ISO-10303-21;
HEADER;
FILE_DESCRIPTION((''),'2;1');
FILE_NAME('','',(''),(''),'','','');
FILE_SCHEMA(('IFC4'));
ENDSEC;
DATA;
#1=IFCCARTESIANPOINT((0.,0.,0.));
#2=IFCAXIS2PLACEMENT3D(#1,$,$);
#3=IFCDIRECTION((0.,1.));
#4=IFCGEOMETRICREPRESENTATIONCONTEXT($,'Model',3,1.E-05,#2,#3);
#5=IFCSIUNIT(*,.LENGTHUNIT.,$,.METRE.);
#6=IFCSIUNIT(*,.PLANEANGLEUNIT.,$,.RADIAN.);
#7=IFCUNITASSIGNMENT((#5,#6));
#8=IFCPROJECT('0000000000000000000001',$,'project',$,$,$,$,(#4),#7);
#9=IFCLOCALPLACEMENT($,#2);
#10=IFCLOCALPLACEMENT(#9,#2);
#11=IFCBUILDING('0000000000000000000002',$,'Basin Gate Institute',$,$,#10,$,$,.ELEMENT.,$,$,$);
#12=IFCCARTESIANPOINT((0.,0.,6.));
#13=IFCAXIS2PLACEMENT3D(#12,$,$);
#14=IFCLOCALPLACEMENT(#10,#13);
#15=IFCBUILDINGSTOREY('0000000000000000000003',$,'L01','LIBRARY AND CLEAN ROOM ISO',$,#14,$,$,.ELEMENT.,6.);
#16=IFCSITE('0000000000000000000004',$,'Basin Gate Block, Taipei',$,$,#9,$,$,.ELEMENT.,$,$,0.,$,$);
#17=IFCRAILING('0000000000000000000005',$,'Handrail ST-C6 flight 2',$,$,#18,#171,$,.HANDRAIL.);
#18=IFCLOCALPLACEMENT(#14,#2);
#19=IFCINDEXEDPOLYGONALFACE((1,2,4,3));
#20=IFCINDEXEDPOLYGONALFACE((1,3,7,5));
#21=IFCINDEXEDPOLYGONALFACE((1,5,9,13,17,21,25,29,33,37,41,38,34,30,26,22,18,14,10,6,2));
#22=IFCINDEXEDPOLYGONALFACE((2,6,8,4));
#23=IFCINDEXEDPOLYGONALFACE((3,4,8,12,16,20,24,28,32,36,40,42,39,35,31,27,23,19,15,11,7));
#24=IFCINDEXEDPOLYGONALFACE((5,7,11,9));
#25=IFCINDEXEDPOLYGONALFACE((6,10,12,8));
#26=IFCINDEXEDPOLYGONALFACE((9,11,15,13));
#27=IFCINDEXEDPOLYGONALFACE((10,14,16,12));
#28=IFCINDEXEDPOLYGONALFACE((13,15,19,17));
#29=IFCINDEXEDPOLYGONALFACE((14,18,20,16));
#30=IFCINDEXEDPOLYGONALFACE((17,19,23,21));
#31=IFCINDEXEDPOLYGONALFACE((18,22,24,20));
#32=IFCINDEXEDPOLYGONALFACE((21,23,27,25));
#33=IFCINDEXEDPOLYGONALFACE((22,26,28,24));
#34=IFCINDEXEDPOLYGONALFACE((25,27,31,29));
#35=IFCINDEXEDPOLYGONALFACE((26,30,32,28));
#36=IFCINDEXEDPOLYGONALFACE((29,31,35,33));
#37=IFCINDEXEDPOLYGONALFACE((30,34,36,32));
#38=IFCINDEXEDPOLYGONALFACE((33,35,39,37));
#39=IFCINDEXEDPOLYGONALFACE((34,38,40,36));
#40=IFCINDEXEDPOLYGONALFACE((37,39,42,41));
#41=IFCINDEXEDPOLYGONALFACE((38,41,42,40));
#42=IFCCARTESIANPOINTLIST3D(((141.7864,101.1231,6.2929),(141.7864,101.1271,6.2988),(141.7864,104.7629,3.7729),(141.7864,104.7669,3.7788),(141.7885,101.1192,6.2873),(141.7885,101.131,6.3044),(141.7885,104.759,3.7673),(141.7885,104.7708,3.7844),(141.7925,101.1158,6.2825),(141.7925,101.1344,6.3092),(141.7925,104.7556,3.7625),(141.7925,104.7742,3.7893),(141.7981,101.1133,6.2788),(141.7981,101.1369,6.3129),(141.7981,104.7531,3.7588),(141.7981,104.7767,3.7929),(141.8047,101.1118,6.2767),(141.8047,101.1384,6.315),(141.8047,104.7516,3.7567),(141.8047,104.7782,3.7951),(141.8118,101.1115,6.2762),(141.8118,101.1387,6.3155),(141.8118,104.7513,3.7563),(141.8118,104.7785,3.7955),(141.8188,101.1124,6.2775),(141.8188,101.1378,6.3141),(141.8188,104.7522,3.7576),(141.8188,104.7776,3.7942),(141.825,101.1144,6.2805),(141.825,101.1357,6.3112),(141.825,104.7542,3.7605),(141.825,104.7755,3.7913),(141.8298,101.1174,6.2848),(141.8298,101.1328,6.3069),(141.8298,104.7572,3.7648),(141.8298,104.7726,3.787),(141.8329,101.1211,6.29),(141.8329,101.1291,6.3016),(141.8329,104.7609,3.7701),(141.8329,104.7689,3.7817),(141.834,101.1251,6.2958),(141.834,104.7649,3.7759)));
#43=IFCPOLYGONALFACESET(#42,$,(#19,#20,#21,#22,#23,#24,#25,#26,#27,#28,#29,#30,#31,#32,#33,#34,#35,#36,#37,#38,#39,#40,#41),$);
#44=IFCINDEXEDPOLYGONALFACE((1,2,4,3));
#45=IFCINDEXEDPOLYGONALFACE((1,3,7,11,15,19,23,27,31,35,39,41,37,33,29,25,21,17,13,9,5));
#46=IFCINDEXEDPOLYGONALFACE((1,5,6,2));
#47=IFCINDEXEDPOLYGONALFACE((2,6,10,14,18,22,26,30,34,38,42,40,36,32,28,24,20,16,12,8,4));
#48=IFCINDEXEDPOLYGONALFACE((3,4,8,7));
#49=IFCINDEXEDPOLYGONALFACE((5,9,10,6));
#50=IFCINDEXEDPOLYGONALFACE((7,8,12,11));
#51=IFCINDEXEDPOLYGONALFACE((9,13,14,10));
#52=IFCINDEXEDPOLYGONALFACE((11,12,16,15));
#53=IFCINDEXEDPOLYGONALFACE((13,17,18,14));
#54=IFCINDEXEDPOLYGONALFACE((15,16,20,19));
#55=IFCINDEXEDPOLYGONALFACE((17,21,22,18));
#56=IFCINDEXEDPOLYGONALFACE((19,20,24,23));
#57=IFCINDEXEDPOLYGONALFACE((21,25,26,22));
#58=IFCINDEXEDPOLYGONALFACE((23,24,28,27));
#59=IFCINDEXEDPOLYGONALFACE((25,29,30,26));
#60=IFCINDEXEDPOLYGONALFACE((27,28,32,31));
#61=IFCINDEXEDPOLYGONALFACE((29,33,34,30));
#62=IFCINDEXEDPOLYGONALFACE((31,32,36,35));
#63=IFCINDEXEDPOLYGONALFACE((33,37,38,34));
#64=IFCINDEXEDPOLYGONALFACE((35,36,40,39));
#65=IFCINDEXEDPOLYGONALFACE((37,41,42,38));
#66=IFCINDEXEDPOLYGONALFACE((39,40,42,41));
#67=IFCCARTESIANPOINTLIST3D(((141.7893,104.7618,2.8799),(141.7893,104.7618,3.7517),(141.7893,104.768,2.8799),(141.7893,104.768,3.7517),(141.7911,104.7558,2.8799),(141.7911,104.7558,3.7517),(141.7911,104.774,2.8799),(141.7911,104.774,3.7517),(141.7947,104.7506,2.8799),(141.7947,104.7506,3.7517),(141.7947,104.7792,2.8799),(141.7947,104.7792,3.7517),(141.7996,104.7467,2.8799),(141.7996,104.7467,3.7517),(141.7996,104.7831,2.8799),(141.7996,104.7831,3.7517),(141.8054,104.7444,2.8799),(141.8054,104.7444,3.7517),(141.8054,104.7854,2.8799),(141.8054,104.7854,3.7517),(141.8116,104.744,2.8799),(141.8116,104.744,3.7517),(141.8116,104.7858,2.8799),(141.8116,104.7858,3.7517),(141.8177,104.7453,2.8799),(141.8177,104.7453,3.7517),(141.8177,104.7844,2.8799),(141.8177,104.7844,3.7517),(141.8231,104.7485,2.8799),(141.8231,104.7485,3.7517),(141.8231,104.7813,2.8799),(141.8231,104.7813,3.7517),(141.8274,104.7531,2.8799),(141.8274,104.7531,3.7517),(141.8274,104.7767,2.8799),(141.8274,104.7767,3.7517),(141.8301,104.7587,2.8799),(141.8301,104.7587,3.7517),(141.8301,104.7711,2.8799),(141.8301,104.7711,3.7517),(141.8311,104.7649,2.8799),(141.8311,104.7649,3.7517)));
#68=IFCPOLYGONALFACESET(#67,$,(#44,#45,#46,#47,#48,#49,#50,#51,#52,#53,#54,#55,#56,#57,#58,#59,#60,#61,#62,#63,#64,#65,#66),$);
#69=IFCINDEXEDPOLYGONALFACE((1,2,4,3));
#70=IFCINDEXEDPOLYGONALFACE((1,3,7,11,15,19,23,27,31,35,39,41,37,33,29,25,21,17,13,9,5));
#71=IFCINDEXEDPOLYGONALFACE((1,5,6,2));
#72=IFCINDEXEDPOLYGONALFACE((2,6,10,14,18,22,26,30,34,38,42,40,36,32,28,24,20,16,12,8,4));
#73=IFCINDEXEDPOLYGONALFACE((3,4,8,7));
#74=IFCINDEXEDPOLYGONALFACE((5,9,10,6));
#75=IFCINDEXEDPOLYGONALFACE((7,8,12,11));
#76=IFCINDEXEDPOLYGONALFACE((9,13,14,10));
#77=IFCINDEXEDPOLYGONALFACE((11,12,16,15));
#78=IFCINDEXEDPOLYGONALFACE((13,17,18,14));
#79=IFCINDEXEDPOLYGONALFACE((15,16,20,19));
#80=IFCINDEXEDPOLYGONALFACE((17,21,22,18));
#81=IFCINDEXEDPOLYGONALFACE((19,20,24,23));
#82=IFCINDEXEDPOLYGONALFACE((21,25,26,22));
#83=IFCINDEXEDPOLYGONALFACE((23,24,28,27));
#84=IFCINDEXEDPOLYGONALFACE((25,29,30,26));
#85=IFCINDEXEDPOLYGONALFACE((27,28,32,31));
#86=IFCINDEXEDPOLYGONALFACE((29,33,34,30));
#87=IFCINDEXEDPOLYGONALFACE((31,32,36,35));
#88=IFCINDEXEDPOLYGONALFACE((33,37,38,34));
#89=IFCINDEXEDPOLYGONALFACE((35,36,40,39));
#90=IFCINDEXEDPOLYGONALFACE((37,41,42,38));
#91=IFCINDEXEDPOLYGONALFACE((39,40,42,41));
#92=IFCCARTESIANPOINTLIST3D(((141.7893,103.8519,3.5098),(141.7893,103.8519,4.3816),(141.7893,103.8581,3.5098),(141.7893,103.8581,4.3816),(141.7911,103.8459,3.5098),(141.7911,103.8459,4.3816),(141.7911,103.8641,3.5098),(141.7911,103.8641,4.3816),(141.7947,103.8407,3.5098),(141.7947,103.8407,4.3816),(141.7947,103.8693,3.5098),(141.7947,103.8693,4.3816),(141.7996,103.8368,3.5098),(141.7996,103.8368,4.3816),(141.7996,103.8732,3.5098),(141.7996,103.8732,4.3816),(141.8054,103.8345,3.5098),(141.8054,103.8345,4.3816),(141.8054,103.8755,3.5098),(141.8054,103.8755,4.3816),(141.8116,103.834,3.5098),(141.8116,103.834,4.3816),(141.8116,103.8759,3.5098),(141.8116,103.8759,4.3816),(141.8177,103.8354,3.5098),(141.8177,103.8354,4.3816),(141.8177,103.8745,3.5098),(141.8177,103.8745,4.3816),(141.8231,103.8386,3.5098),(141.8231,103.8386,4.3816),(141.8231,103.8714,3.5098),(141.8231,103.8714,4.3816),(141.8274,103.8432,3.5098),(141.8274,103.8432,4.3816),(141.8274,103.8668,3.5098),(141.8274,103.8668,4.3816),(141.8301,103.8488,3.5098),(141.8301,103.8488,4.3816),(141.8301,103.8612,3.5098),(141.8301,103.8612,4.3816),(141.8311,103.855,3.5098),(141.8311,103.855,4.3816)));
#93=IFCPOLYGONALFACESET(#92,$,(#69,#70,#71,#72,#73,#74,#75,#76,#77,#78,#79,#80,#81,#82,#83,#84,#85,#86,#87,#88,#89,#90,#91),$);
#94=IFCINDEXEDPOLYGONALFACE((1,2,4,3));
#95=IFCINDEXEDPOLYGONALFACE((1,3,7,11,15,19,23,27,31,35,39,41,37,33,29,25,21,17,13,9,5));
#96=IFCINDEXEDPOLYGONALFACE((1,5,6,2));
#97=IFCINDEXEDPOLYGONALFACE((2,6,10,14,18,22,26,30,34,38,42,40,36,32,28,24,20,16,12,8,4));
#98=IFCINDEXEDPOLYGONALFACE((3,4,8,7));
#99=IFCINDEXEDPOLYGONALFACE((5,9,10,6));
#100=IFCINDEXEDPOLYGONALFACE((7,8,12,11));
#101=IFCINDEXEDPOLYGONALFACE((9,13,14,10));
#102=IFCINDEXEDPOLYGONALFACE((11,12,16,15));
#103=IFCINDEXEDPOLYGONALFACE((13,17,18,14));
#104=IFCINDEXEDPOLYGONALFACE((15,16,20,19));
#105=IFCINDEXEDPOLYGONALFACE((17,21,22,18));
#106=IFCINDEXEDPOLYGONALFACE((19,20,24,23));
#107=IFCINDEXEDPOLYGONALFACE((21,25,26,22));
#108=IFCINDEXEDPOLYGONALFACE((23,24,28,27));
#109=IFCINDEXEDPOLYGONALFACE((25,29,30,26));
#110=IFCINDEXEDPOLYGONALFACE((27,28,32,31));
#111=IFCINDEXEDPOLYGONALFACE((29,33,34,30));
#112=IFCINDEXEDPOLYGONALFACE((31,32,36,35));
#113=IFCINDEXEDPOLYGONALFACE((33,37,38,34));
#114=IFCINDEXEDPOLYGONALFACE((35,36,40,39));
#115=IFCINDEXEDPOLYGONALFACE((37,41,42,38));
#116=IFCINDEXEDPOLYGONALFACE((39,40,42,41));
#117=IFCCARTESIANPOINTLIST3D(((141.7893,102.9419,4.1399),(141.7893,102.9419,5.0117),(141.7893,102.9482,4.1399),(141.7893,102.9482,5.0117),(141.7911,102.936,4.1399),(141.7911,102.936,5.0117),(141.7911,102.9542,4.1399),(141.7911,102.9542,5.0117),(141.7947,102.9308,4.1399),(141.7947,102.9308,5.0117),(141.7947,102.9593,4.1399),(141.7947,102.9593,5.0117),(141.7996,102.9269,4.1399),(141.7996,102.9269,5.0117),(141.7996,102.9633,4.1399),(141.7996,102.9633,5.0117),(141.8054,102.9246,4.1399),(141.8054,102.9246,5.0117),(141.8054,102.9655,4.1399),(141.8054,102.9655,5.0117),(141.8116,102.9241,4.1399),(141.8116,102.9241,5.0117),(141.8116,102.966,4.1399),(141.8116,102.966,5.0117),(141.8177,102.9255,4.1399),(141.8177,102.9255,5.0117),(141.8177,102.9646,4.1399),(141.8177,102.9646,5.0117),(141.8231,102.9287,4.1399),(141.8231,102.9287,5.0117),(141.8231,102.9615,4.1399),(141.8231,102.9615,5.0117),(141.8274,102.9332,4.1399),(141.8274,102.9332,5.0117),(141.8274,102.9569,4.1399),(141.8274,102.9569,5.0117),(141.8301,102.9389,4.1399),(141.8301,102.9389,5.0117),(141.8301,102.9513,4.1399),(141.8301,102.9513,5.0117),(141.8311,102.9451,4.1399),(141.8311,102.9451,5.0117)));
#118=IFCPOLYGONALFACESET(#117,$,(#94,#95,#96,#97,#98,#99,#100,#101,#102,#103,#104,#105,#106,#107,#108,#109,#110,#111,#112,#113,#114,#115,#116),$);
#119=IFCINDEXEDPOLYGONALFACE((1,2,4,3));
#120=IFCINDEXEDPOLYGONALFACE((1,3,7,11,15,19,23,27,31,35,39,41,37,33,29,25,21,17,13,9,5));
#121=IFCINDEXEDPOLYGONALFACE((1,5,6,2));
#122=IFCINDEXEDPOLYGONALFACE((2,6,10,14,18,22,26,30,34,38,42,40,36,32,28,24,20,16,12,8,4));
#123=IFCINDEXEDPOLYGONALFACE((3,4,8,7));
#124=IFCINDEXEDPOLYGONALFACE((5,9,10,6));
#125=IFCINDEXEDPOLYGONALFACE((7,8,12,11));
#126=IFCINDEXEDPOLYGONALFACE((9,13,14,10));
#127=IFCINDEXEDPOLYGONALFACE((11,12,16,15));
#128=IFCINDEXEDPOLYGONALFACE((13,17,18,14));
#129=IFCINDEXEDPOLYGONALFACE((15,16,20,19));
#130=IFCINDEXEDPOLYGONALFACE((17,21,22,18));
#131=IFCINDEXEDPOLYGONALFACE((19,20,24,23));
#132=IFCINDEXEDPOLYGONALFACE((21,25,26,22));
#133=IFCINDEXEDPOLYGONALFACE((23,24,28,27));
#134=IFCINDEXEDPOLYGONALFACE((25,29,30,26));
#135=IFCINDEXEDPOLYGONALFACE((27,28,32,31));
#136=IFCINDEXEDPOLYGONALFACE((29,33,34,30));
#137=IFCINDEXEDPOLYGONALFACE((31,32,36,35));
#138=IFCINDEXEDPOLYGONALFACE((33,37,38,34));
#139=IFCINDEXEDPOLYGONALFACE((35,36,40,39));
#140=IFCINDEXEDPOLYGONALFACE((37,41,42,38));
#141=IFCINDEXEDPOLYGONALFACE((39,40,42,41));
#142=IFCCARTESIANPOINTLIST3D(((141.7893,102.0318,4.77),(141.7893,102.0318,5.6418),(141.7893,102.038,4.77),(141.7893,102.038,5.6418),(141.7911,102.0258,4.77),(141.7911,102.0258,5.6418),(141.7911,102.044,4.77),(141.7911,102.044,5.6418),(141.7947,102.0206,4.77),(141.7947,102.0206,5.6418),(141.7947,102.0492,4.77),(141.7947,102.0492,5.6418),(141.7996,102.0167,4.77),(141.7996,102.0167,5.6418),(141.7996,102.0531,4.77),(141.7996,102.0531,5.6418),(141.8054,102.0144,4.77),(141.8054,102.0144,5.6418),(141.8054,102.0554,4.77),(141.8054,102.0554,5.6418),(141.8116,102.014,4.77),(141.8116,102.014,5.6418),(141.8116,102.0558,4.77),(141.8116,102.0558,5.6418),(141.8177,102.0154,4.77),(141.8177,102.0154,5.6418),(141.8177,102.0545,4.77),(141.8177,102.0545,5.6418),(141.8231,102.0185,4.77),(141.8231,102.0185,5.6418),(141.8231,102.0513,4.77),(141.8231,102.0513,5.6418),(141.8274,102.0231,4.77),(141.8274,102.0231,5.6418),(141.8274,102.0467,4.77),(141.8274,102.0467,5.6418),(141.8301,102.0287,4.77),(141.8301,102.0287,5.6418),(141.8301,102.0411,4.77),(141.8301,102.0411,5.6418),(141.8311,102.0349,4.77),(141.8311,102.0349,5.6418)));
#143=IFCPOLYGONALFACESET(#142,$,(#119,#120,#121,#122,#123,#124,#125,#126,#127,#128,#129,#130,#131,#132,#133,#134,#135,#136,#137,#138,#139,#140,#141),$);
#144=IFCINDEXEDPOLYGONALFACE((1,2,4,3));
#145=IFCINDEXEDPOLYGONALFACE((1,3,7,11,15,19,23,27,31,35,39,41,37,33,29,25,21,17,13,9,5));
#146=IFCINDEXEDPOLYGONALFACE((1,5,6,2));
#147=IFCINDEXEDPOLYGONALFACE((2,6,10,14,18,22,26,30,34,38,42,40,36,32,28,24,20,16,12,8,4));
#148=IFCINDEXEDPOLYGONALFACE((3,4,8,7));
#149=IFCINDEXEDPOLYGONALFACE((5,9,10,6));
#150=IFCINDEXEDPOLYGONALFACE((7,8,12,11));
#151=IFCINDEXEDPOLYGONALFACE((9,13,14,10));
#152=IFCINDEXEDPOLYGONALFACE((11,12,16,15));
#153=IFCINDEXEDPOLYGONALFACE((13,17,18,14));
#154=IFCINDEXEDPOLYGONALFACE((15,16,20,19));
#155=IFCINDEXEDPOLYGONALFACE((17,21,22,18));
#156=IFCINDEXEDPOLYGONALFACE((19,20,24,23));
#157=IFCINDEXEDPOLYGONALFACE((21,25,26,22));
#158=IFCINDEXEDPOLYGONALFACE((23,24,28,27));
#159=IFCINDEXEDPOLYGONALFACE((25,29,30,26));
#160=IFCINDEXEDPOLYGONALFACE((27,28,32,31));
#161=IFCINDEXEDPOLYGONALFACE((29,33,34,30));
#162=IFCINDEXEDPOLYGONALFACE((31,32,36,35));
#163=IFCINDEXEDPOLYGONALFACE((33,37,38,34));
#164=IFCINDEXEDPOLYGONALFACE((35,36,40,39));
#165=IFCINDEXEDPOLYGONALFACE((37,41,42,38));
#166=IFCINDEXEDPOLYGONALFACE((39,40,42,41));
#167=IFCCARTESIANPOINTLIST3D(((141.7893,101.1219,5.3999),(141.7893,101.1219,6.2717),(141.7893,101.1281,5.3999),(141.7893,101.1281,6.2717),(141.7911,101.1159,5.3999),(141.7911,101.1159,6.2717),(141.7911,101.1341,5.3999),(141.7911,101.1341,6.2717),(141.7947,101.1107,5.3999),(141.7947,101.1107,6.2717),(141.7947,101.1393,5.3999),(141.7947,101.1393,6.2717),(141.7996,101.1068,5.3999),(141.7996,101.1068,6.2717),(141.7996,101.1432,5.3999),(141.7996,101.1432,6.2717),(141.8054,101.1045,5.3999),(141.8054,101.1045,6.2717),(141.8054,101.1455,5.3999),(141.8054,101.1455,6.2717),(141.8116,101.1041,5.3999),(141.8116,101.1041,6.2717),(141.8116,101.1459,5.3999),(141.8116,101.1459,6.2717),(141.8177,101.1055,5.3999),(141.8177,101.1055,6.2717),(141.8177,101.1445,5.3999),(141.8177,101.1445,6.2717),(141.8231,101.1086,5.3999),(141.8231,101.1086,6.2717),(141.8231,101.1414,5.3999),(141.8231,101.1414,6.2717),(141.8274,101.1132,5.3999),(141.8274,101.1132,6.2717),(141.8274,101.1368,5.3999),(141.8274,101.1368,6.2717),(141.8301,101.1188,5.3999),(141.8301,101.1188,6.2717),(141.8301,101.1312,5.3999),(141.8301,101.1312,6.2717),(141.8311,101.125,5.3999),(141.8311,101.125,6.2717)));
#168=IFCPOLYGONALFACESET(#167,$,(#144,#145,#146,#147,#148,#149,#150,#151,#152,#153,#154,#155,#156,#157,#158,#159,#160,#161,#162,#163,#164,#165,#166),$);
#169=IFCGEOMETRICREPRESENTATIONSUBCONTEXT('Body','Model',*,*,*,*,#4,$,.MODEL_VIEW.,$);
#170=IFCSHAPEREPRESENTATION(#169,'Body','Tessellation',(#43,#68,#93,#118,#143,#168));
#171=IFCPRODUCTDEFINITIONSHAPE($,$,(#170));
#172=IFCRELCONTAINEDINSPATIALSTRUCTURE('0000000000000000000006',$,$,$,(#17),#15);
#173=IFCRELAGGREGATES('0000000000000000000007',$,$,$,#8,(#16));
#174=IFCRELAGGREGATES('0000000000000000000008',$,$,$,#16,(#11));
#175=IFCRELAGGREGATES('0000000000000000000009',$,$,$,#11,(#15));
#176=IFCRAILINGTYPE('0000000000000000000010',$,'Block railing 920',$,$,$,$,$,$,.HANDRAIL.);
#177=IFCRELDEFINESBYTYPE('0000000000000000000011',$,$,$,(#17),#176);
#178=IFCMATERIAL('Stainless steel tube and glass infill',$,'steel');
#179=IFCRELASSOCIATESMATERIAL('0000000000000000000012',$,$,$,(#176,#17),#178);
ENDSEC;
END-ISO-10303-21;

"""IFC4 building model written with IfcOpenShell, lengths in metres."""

from ifc_helpers import new_model, si_unit, direction, frame, origin, origin_2d, place, context, subcontext, project, spatial, circle, extrude, material, type_object, element, save


model = new_model("IFC4")

# Units and contexts
model_context = context("Model", 3, precision=1e-05, world=origin(), true_north=direction((0.0, 1.0)))
body_context = subcontext(model_context, "Body", "Model", "MODEL_VIEW")
ifc_project = project(units=[si_unit("LENGTHUNIT", "METRE"), si_unit("PLANEANGLEUNIT", "RADIAN")], contexts=[model_context])

# Site, building, storey
site_placement = place(None, origin())
site = spatial("IfcSite", under=ifc_project, at=site_placement, Name="Basin Gate Block, Taipei", CompositionType="ELEMENT", RefElevation=0.0)
building_placement = place(site_placement, origin())
building = spatial("IfcBuilding", under=site, at=building_placement, Name="Basin Gate Institute", CompositionType="ELEMENT")
storey_placement = place(building_placement, frame((0.0, 0.0, 6.0)))
storey = spatial("IfcBuildingStorey", under=building, at=storey_placement, Name="L01", Description="LIBRARY AND CLEAN ROOM ISO", CompositionType="ELEMENT", Elevation=6.0)

# Railing
ifc_material_1 = material(Name="Stainless steel tube and glass infill", Category="steel")
railing_type_1 = type_object("IfcRailingType", Name="Block railing 920", PredefinedType="HANDRAIL", material=ifc_material_1)
for number, where, name in (
    (1, (141.8101, 104.7649, 2.8799), "Handrail ST-C6 flight 2"),
):
    element("IfcRailing", number, at=place(storey_placement, frame(where)), inside=storey, type_object=railing_type_1, material=ifc_material_1, Name=name, PredefinedType="HANDRAIL", context=body_context, shape_type="SweptSolid", body=[
        extrude(circle(Radius=0.0239, at=origin_2d()), frame((0.0, 0.0, 0.896), z_axis=(0.0, -0.822182, 0.569224), x_axis=(1.0, 0.0, 0.0)), (0.0, 0.0, 1.0), 4.427),
        extrude(circle(Radius=0.021, at=origin_2d()), origin(), (0.0, 0.0, 1.0), 0.8718),
        extrude(circle(Radius=0.021, at=origin_2d()), frame((0.0, -0.9099, 0.6299)), (0.0, 0.0, 1.0), 0.8718),
        extrude(circle(Radius=0.021, at=origin_2d()), frame((0.0, -1.8198, 1.26)), (0.0, 0.0, 1.0), 0.8718),
        extrude(circle(Radius=0.021, at=origin_2d()), frame((0.0, -2.73, 1.8901)), (0.0, 0.0, 1.0), 0.8718),
        extrude(circle(Radius=0.021, at=origin_2d()), frame((0.0, -3.6399, 2.52)), (0.0, 0.0, 1.0), 0.8718),
    ])

save(model, "model.ifc")
